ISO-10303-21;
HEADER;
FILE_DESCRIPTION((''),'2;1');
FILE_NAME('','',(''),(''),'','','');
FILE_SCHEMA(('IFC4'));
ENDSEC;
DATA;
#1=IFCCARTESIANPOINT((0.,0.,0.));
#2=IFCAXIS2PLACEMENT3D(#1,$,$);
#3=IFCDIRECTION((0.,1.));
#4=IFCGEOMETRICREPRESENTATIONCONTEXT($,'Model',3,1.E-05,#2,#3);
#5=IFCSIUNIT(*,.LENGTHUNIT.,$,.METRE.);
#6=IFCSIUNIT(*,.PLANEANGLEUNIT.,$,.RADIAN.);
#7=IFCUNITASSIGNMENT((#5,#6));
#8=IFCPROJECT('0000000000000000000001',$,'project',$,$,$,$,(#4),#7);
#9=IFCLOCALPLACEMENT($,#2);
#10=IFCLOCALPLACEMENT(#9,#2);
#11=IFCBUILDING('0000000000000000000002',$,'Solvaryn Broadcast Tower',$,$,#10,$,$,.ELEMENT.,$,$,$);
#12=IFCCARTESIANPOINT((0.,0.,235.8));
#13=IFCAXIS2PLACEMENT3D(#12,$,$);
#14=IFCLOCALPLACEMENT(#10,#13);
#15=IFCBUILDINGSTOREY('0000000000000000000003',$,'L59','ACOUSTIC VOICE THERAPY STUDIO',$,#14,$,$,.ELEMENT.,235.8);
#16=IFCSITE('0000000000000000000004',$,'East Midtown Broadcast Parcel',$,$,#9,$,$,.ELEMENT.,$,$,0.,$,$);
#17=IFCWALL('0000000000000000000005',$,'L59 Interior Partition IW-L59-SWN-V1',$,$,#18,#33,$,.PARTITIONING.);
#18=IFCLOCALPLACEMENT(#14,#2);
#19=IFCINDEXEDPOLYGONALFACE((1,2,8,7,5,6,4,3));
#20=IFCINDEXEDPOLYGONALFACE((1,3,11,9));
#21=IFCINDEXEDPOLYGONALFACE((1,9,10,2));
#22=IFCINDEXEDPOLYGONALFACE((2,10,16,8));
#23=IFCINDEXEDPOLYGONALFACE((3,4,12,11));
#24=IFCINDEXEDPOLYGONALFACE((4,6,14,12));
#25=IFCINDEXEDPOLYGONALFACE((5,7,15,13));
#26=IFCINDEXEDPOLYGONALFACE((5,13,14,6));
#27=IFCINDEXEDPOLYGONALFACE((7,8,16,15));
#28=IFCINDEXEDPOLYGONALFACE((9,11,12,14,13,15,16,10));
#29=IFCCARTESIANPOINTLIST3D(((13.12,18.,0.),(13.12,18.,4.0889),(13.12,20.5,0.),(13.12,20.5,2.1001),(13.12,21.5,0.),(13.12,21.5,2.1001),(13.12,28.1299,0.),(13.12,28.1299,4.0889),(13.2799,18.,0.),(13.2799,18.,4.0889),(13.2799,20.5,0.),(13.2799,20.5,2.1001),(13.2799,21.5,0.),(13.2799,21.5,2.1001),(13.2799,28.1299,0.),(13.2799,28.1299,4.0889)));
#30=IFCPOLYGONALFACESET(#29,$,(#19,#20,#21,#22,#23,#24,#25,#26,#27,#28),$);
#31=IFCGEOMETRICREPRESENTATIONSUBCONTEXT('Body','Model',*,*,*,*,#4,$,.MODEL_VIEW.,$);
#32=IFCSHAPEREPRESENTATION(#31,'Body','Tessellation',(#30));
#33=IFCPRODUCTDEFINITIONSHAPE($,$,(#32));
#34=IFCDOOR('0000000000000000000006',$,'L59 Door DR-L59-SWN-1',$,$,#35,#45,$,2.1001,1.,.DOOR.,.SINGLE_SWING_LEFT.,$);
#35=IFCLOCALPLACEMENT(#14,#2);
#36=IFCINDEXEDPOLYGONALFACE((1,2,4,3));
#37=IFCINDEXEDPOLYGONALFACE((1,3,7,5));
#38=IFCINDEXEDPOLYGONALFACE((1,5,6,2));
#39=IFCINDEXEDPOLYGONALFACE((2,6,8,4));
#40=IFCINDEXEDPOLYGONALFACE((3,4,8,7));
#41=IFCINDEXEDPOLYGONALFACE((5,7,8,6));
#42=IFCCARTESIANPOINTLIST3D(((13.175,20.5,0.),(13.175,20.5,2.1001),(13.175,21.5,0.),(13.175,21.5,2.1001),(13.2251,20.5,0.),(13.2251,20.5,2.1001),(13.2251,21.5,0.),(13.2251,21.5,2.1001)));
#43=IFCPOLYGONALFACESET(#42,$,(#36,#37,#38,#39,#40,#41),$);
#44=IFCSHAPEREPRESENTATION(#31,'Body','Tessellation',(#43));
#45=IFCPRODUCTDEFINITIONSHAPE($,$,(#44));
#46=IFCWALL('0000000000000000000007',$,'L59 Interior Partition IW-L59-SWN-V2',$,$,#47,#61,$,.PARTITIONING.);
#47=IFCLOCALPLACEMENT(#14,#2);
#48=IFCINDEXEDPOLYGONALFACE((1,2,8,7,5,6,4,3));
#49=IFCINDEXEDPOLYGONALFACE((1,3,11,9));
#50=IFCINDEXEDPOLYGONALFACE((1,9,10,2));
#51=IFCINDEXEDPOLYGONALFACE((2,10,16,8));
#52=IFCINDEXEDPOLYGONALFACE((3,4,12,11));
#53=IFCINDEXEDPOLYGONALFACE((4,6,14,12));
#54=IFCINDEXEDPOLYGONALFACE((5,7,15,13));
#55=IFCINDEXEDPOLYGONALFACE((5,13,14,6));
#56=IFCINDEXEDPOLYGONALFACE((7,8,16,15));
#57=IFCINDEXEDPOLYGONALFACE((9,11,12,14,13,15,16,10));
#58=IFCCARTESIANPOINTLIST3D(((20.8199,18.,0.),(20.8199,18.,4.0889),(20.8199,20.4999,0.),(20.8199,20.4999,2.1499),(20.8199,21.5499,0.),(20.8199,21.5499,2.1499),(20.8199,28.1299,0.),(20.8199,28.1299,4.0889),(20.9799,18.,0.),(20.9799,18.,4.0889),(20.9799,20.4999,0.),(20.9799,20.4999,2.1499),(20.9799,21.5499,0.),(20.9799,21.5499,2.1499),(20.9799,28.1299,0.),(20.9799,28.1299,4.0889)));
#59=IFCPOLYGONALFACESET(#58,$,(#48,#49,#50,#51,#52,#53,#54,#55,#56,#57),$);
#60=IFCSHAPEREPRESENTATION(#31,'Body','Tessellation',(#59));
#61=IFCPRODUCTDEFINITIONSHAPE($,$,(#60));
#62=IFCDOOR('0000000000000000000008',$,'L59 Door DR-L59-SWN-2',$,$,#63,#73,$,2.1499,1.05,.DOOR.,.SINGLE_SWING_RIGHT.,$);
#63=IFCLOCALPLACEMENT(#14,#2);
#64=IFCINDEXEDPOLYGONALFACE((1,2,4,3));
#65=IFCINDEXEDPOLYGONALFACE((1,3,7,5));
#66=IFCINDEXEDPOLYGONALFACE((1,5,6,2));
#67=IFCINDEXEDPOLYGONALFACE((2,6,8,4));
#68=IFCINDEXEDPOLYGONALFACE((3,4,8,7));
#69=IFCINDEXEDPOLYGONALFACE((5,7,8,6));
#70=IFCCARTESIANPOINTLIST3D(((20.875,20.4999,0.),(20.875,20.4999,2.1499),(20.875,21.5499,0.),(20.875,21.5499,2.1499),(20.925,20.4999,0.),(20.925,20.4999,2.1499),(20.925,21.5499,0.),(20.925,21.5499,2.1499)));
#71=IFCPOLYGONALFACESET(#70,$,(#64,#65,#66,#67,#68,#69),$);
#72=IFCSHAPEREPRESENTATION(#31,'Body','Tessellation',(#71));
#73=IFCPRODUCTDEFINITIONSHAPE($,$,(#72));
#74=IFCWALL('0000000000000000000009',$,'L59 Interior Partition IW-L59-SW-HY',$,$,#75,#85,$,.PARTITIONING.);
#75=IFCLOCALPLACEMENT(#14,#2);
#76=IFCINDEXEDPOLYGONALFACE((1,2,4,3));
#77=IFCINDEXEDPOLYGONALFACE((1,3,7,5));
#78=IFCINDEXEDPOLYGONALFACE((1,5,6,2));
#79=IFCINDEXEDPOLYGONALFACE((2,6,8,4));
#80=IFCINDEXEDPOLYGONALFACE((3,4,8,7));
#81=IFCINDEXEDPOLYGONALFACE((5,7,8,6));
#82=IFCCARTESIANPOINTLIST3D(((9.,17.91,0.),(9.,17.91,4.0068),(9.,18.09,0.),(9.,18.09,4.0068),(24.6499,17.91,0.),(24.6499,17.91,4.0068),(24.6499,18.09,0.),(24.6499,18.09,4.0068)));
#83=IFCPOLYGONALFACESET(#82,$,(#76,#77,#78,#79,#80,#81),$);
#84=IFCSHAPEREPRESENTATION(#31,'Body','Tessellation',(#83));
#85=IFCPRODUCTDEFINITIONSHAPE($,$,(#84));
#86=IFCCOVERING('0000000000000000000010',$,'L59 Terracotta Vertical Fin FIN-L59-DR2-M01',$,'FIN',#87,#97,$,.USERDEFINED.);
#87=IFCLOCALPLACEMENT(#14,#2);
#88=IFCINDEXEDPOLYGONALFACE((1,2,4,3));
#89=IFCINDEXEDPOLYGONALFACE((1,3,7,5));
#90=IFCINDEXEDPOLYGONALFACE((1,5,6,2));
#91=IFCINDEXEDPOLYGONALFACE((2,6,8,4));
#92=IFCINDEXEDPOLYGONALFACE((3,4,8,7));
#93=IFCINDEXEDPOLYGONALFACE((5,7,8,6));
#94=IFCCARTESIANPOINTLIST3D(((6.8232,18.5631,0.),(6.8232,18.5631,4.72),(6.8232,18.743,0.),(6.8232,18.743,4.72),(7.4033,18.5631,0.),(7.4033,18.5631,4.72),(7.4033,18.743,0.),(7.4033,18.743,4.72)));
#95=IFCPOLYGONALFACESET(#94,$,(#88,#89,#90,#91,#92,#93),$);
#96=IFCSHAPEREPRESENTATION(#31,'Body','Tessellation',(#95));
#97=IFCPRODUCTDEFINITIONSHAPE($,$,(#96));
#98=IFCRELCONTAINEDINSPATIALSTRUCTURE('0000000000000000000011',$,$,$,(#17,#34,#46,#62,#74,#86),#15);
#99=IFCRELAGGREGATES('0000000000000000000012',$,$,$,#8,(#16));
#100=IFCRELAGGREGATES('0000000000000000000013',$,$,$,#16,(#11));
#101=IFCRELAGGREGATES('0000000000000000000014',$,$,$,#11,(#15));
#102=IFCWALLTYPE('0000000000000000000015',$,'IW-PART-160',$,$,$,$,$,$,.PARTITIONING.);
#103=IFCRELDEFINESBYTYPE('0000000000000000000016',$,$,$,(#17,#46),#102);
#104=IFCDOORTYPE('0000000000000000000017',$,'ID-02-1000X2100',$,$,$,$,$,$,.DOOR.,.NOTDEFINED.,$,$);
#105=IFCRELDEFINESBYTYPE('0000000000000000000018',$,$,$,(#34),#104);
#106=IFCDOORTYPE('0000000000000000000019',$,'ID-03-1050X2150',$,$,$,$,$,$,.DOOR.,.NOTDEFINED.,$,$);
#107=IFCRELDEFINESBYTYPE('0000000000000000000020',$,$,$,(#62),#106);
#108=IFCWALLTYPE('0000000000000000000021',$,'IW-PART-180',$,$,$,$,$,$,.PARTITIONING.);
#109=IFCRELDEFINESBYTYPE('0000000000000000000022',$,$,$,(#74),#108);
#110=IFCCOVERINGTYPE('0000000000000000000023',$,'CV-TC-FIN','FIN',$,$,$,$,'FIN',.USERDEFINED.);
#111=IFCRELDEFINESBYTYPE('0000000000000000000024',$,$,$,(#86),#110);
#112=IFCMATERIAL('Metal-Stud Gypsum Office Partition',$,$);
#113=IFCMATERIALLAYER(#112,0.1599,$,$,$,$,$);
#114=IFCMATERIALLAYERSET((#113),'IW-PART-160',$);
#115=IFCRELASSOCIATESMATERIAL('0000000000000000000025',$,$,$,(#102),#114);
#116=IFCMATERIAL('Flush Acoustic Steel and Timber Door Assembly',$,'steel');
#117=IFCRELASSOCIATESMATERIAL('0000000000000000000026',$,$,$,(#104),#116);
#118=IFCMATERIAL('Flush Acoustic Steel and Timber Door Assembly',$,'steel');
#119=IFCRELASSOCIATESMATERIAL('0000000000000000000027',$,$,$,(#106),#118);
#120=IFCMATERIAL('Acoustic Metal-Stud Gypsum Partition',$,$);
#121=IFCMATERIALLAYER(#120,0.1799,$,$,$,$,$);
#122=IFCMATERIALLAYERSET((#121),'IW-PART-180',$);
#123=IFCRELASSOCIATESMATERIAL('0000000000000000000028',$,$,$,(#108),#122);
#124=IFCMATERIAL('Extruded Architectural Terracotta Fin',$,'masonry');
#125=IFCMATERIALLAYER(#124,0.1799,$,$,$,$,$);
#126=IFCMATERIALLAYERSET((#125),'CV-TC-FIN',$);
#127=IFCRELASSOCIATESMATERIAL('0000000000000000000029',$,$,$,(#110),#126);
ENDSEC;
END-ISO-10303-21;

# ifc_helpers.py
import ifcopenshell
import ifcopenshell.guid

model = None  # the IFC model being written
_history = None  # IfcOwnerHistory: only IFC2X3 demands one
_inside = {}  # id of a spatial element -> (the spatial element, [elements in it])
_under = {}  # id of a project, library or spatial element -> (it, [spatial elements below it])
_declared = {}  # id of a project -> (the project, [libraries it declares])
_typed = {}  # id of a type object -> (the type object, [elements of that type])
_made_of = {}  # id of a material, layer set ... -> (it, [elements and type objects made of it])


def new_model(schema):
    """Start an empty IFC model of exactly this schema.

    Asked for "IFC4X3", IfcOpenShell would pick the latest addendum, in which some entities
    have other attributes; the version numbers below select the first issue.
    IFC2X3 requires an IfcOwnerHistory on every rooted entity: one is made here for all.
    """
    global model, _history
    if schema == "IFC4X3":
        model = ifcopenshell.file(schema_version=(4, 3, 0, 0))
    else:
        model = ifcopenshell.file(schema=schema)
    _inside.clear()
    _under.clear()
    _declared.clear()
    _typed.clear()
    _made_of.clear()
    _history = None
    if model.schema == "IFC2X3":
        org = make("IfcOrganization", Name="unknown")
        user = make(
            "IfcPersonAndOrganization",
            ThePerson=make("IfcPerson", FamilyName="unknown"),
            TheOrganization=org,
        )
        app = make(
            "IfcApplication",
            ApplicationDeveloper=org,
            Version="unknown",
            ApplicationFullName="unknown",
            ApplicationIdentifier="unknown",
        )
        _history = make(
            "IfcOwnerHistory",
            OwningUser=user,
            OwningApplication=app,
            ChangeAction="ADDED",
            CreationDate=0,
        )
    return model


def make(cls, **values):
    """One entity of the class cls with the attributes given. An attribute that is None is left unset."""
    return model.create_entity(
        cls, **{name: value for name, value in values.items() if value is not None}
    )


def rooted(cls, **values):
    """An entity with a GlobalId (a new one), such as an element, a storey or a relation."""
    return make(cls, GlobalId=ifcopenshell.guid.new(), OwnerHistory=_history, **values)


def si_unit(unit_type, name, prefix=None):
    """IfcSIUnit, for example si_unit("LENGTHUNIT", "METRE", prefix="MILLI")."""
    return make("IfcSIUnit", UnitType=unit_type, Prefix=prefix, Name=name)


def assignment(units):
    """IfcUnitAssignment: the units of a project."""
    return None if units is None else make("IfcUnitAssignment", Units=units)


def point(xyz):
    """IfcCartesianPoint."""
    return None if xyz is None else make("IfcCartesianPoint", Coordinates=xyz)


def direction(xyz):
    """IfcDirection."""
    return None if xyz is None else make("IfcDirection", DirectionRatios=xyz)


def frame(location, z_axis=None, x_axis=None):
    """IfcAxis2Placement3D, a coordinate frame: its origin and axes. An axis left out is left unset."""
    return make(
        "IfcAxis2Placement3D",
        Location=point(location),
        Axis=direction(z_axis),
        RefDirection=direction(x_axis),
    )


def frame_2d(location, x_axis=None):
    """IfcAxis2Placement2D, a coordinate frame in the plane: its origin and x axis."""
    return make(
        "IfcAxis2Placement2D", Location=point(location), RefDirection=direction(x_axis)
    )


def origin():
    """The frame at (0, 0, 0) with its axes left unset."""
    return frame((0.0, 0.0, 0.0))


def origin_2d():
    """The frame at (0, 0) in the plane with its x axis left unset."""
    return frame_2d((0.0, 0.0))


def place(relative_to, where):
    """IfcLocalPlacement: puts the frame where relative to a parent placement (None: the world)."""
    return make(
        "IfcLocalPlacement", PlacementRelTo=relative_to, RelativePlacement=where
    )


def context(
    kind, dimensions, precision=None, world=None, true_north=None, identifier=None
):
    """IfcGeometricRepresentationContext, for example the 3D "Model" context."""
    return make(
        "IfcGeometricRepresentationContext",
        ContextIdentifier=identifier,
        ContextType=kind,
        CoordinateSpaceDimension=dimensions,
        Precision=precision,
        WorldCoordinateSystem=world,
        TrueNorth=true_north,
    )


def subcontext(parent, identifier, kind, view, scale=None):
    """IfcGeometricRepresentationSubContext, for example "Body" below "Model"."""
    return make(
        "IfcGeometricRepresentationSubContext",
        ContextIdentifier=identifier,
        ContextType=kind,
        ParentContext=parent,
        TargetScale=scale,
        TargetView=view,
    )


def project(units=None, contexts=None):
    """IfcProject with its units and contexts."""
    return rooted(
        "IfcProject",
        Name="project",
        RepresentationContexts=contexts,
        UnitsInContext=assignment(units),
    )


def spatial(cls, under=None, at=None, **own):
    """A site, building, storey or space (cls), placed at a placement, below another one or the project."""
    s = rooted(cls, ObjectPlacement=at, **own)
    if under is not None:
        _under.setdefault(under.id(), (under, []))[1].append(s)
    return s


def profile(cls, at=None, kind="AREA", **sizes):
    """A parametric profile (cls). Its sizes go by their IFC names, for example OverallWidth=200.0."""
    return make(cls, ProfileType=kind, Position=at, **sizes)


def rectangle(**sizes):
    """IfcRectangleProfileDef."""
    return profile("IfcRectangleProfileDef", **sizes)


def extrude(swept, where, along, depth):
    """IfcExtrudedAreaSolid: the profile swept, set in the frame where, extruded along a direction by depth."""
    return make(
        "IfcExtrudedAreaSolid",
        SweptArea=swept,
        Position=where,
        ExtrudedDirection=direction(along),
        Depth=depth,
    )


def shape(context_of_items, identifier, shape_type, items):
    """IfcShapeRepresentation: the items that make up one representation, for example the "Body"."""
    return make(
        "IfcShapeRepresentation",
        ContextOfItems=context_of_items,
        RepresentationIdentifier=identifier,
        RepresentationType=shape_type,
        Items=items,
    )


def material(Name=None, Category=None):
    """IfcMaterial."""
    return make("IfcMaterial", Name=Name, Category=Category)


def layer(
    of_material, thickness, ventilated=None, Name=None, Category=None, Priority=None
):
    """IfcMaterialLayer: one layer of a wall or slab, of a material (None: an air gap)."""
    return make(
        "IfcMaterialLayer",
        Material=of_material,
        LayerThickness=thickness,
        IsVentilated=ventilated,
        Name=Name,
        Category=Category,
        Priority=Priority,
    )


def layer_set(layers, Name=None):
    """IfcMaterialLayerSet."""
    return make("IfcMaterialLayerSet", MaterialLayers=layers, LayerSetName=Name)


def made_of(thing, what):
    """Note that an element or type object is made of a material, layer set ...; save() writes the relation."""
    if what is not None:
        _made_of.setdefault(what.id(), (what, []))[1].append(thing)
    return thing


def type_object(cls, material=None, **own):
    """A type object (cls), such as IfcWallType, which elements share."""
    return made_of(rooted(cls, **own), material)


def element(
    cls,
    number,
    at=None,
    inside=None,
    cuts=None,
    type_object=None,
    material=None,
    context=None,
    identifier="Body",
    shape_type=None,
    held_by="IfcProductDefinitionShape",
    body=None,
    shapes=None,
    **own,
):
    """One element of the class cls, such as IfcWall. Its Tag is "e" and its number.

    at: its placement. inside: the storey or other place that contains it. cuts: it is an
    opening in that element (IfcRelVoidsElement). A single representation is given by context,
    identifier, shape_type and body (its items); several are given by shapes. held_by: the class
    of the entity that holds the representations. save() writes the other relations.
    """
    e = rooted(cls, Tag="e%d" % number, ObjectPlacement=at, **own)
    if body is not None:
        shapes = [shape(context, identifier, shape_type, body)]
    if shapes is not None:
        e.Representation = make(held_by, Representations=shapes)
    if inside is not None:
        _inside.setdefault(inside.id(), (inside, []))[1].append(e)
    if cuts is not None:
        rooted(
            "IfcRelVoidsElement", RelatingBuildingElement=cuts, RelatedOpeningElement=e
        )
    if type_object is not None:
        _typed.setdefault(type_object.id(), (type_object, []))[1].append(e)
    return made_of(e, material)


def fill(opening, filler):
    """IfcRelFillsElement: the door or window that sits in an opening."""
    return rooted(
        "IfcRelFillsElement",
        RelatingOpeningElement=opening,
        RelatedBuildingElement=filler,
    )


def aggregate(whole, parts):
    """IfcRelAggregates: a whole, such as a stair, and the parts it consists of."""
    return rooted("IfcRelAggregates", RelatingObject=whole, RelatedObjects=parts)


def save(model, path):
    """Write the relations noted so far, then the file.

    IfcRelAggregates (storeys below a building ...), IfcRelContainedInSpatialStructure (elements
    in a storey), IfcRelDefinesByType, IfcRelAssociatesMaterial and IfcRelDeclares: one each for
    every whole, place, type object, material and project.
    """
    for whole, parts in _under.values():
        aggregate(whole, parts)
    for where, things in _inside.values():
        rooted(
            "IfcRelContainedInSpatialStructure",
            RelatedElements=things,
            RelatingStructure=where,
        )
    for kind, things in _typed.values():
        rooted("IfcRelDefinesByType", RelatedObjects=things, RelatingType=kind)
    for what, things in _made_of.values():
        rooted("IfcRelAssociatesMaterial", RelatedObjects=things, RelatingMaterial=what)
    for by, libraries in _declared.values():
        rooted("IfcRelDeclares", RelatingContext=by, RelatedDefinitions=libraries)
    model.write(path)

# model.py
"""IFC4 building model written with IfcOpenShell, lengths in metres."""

from ifc_helpers import new_model, si_unit, direction, frame, frame_2d, origin, origin_2d, place, context, subcontext, project, spatial, rectangle, extrude, material, layer, layer_set, type_object, element, fill, save


model = new_model("IFC4")

# Units and contexts
model_context = context("Model", 3, precision=1e-05, world=origin(), true_north=direction((0.0, 1.0)))
body_context = subcontext(model_context, "Body", "Model", "MODEL_VIEW")
ifc_project = project(units=[si_unit("LENGTHUNIT", "METRE"), si_unit("PLANEANGLEUNIT", "RADIAN")], contexts=[model_context])

# Site, building, storey
site_placement = place(None, origin())
site = spatial("IfcSite", under=ifc_project, at=site_placement, Name="East Midtown Broadcast Parcel", CompositionType="ELEMENT", RefElevation=0.0)
building_placement = place(site_placement, origin())
building = spatial("IfcBuilding", under=site, at=building_placement, Name="Solvaryn Broadcast Tower", CompositionType="ELEMENT")
storey_placement = place(building_placement, frame((0.0, 0.0, 235.8)))
storey = spatial("IfcBuildingStorey", under=building, at=storey_placement, Name="L59", Description="ACOUSTIC VOICE THERAPY STUDIO", CompositionType="ELEMENT", Elevation=235.8)

# Walls, openings, doors
ifc_material_1 = material(Name="Metal-Stud Gypsum Office Partition")
ifc_layer_1 = layer(ifc_material_1, 0.1599)
ifc_layer_set_1 = layer_set([ifc_layer_1], Name="IW-PART-160")
wall_type_1 = type_object("IfcWallType", Name="IW-PART-160", PredefinedType="PARTITIONING", material=ifc_layer_set_1)
wall_1_placement = place(storey_placement, frame((13.2, 18.0, 0.0), z_axis=(0.0, 0.0, 1.0), x_axis=(0.0, 1.0, 0.0)))
wall_1 = element("IfcWall", 1, at=wall_1_placement, inside=storey, type_object=wall_type_1, Name="L59 Interior Partition IW-L59-SWN-V1", PredefinedType="PARTITIONING", context=body_context, shape_type="SweptSolid", body=[
    extrude(rectangle(XDim=10.1299, YDim=0.1599, at=frame_2d((5.0649, 0.0))), origin(), (0.0, 0.0, 1.0), 4.0889),
])
opening_1_placement = place(wall_1_placement, frame((2.5, 0.0, 0.0)))
opening_1 = element("IfcOpeningElement", 2, at=opening_1_placement, cuts=wall_1, PredefinedType="OPENING", context=body_context, shape_type="SweptSolid", body=[
    extrude(rectangle(XDim=1.0, YDim=2.1001, at=frame_2d((0.5, 1.05))), frame((0.0, 0.0901, 0.0), z_axis=(0.0, -1.0, 0.0), x_axis=(1.0, 0.0, 0.0)), (0.0, 0.0, 1.0), 0.1799),
])
ifc_material_2 = material(Name="Flush Acoustic Steel and Timber Door Assembly", Category="steel")
door_type_1 = type_object("IfcDoorType", Name="ID-02-1000X2100", OperationType="NOTDEFINED", PredefinedType="DOOR", material=ifc_material_2)
door_1_placement = place(opening_1_placement, origin())
door_1 = element("IfcDoor", 3, at=door_1_placement, inside=storey, type_object=door_type_1, Name="L59 Door DR-L59-SWN-1", OperationType="SINGLE_SWING_LEFT", OverallHeight=2.1001, OverallWidth=1.0, PredefinedType="DOOR", context=body_context, shape_type="SweptSolid", body=[
    extrude(rectangle(XDim=1.0, YDim=2.1001, at=frame_2d((0.5, 1.05))), frame((0.0, 0.0249, 0.0), z_axis=(0.0, -1.0, 0.0), x_axis=(1.0, 0.0, 0.0)), (0.0, 0.0, 1.0), 0.05),
])
fill(opening_1, door_1)
wall_2_placement = place(storey_placement, frame((20.8999, 18.0, 0.0), z_axis=(0.0, 0.0, 1.0), x_axis=(0.0, 1.0, 0.0)))
wall_2 = element("IfcWall", 4, at=wall_2_placement, inside=storey, type_object=wall_type_1, Name="L59 Interior Partition IW-L59-SWN-V2", PredefinedType="PARTITIONING", context=body_context, shape_type="SweptSolid", body=[
    extrude(rectangle(XDim=10.1299, YDim=0.1599, at=frame_2d((5.0649, 0.0))), origin(), (0.0, 0.0, 1.0), 4.0889),
])
opening_2_placement = place(wall_2_placement, frame((2.5, 0.0, 0.0)))
opening_2 = element("IfcOpeningElement", 5, at=opening_2_placement, cuts=wall_2, PredefinedType="OPENING", context=body_context, shape_type="SweptSolid", body=[
    extrude(rectangle(XDim=1.05, YDim=2.1499, at=frame_2d((0.5249, 1.075))), frame((0.0, 0.0901, 0.0), z_axis=(0.0, -1.0, 0.0), x_axis=(1.0, 0.0, 0.0)), (0.0, 0.0, 1.0), 0.1799),
])
ifc_material_3 = material(Name="Flush Acoustic Steel and Timber Door Assembly", Category="steel")
door_type_2 = type_object("IfcDoorType", Name="ID-03-1050X2150", OperationType="NOTDEFINED", PredefinedType="DOOR", material=ifc_material_3)
door_2_placement = place(opening_2_placement, origin())
door_2 = element("IfcDoor", 6, at=door_2_placement, inside=storey, type_object=door_type_2, Name="L59 Door DR-L59-SWN-2", OperationType="SINGLE_SWING_RIGHT", OverallHeight=2.1499, OverallWidth=1.05, PredefinedType="DOOR", context=body_context, shape_type="SweptSolid", body=[
    extrude(rectangle(XDim=1.05, YDim=2.1499, at=frame_2d((0.5249, 1.075))), frame((0.0, 0.0249, 0.0), z_axis=(0.0, -1.0, 0.0), x_axis=(1.0, 0.0, 0.0)), (0.0, 0.0, 1.0), 0.05),
])
fill(opening_2, door_2)

# Wall
ifc_material_4 = material(Name="Acoustic Metal-Stud Gypsum Partition")
ifc_layer_2 = layer(ifc_material_4, 0.1799)
ifc_layer_set_2 = layer_set([ifc_layer_2], Name="IW-PART-180")
wall_type_2 = type_object("IfcWallType", Name="IW-PART-180", PredefinedType="PARTITIONING", material=ifc_layer_set_2)
wall_3_placement = place(storey_placement, frame((9.0, 18.0, 0.0), z_axis=(0.0, 0.0, 1.0), x_axis=(1.0, 0.0, 0.0)))
element("IfcWall", 7, at=wall_3_placement, inside=storey, type_object=wall_type_2, Name="L59 Interior Partition IW-L59-SW-HY", PredefinedType="PARTITIONING", context=body_context, shape_type="SweptSolid", body=[
    extrude(rectangle(XDim=15.6499, YDim=0.1799, at=frame_2d((7.825, 0.0))), origin(), (0.0, 0.0, 1.0), 4.0068),
])

# Covering
ifc_material_5 = material(Name="Extruded Architectural Terracotta Fin", Category="masonry")
ifc_layer_3 = layer(ifc_material_5, 0.1799)
ifc_layer_set_3 = layer_set([ifc_layer_3], Name="CV-TC-FIN")
covering_type = type_object("IfcCoveringType", Name="CV-TC-FIN", Description="FIN", ElementType="FIN", PredefinedType="USERDEFINED", material=ifc_layer_set_3)
covering_placement = place(storey_placement, frame((7.1133, 18.6531, 0.0), z_axis=(0.0, 0.0, 1.0), x_axis=(1.0, 0.0, 0.0)))
element("IfcCovering", 8, at=covering_placement, inside=storey, type_object=covering_type, Name="L59 Terracotta Vertical Fin FIN-L59-DR2-M01", ObjectType="FIN", PredefinedType="USERDEFINED", context=body_context, shape_type="SweptSolid", body=[
    extrude(rectangle(XDim=0.5801, YDim=0.1799, at=origin_2d()), origin(), (0.0, 0.0, 1.0), 4.72),
])

save(model, "model.ifc")
